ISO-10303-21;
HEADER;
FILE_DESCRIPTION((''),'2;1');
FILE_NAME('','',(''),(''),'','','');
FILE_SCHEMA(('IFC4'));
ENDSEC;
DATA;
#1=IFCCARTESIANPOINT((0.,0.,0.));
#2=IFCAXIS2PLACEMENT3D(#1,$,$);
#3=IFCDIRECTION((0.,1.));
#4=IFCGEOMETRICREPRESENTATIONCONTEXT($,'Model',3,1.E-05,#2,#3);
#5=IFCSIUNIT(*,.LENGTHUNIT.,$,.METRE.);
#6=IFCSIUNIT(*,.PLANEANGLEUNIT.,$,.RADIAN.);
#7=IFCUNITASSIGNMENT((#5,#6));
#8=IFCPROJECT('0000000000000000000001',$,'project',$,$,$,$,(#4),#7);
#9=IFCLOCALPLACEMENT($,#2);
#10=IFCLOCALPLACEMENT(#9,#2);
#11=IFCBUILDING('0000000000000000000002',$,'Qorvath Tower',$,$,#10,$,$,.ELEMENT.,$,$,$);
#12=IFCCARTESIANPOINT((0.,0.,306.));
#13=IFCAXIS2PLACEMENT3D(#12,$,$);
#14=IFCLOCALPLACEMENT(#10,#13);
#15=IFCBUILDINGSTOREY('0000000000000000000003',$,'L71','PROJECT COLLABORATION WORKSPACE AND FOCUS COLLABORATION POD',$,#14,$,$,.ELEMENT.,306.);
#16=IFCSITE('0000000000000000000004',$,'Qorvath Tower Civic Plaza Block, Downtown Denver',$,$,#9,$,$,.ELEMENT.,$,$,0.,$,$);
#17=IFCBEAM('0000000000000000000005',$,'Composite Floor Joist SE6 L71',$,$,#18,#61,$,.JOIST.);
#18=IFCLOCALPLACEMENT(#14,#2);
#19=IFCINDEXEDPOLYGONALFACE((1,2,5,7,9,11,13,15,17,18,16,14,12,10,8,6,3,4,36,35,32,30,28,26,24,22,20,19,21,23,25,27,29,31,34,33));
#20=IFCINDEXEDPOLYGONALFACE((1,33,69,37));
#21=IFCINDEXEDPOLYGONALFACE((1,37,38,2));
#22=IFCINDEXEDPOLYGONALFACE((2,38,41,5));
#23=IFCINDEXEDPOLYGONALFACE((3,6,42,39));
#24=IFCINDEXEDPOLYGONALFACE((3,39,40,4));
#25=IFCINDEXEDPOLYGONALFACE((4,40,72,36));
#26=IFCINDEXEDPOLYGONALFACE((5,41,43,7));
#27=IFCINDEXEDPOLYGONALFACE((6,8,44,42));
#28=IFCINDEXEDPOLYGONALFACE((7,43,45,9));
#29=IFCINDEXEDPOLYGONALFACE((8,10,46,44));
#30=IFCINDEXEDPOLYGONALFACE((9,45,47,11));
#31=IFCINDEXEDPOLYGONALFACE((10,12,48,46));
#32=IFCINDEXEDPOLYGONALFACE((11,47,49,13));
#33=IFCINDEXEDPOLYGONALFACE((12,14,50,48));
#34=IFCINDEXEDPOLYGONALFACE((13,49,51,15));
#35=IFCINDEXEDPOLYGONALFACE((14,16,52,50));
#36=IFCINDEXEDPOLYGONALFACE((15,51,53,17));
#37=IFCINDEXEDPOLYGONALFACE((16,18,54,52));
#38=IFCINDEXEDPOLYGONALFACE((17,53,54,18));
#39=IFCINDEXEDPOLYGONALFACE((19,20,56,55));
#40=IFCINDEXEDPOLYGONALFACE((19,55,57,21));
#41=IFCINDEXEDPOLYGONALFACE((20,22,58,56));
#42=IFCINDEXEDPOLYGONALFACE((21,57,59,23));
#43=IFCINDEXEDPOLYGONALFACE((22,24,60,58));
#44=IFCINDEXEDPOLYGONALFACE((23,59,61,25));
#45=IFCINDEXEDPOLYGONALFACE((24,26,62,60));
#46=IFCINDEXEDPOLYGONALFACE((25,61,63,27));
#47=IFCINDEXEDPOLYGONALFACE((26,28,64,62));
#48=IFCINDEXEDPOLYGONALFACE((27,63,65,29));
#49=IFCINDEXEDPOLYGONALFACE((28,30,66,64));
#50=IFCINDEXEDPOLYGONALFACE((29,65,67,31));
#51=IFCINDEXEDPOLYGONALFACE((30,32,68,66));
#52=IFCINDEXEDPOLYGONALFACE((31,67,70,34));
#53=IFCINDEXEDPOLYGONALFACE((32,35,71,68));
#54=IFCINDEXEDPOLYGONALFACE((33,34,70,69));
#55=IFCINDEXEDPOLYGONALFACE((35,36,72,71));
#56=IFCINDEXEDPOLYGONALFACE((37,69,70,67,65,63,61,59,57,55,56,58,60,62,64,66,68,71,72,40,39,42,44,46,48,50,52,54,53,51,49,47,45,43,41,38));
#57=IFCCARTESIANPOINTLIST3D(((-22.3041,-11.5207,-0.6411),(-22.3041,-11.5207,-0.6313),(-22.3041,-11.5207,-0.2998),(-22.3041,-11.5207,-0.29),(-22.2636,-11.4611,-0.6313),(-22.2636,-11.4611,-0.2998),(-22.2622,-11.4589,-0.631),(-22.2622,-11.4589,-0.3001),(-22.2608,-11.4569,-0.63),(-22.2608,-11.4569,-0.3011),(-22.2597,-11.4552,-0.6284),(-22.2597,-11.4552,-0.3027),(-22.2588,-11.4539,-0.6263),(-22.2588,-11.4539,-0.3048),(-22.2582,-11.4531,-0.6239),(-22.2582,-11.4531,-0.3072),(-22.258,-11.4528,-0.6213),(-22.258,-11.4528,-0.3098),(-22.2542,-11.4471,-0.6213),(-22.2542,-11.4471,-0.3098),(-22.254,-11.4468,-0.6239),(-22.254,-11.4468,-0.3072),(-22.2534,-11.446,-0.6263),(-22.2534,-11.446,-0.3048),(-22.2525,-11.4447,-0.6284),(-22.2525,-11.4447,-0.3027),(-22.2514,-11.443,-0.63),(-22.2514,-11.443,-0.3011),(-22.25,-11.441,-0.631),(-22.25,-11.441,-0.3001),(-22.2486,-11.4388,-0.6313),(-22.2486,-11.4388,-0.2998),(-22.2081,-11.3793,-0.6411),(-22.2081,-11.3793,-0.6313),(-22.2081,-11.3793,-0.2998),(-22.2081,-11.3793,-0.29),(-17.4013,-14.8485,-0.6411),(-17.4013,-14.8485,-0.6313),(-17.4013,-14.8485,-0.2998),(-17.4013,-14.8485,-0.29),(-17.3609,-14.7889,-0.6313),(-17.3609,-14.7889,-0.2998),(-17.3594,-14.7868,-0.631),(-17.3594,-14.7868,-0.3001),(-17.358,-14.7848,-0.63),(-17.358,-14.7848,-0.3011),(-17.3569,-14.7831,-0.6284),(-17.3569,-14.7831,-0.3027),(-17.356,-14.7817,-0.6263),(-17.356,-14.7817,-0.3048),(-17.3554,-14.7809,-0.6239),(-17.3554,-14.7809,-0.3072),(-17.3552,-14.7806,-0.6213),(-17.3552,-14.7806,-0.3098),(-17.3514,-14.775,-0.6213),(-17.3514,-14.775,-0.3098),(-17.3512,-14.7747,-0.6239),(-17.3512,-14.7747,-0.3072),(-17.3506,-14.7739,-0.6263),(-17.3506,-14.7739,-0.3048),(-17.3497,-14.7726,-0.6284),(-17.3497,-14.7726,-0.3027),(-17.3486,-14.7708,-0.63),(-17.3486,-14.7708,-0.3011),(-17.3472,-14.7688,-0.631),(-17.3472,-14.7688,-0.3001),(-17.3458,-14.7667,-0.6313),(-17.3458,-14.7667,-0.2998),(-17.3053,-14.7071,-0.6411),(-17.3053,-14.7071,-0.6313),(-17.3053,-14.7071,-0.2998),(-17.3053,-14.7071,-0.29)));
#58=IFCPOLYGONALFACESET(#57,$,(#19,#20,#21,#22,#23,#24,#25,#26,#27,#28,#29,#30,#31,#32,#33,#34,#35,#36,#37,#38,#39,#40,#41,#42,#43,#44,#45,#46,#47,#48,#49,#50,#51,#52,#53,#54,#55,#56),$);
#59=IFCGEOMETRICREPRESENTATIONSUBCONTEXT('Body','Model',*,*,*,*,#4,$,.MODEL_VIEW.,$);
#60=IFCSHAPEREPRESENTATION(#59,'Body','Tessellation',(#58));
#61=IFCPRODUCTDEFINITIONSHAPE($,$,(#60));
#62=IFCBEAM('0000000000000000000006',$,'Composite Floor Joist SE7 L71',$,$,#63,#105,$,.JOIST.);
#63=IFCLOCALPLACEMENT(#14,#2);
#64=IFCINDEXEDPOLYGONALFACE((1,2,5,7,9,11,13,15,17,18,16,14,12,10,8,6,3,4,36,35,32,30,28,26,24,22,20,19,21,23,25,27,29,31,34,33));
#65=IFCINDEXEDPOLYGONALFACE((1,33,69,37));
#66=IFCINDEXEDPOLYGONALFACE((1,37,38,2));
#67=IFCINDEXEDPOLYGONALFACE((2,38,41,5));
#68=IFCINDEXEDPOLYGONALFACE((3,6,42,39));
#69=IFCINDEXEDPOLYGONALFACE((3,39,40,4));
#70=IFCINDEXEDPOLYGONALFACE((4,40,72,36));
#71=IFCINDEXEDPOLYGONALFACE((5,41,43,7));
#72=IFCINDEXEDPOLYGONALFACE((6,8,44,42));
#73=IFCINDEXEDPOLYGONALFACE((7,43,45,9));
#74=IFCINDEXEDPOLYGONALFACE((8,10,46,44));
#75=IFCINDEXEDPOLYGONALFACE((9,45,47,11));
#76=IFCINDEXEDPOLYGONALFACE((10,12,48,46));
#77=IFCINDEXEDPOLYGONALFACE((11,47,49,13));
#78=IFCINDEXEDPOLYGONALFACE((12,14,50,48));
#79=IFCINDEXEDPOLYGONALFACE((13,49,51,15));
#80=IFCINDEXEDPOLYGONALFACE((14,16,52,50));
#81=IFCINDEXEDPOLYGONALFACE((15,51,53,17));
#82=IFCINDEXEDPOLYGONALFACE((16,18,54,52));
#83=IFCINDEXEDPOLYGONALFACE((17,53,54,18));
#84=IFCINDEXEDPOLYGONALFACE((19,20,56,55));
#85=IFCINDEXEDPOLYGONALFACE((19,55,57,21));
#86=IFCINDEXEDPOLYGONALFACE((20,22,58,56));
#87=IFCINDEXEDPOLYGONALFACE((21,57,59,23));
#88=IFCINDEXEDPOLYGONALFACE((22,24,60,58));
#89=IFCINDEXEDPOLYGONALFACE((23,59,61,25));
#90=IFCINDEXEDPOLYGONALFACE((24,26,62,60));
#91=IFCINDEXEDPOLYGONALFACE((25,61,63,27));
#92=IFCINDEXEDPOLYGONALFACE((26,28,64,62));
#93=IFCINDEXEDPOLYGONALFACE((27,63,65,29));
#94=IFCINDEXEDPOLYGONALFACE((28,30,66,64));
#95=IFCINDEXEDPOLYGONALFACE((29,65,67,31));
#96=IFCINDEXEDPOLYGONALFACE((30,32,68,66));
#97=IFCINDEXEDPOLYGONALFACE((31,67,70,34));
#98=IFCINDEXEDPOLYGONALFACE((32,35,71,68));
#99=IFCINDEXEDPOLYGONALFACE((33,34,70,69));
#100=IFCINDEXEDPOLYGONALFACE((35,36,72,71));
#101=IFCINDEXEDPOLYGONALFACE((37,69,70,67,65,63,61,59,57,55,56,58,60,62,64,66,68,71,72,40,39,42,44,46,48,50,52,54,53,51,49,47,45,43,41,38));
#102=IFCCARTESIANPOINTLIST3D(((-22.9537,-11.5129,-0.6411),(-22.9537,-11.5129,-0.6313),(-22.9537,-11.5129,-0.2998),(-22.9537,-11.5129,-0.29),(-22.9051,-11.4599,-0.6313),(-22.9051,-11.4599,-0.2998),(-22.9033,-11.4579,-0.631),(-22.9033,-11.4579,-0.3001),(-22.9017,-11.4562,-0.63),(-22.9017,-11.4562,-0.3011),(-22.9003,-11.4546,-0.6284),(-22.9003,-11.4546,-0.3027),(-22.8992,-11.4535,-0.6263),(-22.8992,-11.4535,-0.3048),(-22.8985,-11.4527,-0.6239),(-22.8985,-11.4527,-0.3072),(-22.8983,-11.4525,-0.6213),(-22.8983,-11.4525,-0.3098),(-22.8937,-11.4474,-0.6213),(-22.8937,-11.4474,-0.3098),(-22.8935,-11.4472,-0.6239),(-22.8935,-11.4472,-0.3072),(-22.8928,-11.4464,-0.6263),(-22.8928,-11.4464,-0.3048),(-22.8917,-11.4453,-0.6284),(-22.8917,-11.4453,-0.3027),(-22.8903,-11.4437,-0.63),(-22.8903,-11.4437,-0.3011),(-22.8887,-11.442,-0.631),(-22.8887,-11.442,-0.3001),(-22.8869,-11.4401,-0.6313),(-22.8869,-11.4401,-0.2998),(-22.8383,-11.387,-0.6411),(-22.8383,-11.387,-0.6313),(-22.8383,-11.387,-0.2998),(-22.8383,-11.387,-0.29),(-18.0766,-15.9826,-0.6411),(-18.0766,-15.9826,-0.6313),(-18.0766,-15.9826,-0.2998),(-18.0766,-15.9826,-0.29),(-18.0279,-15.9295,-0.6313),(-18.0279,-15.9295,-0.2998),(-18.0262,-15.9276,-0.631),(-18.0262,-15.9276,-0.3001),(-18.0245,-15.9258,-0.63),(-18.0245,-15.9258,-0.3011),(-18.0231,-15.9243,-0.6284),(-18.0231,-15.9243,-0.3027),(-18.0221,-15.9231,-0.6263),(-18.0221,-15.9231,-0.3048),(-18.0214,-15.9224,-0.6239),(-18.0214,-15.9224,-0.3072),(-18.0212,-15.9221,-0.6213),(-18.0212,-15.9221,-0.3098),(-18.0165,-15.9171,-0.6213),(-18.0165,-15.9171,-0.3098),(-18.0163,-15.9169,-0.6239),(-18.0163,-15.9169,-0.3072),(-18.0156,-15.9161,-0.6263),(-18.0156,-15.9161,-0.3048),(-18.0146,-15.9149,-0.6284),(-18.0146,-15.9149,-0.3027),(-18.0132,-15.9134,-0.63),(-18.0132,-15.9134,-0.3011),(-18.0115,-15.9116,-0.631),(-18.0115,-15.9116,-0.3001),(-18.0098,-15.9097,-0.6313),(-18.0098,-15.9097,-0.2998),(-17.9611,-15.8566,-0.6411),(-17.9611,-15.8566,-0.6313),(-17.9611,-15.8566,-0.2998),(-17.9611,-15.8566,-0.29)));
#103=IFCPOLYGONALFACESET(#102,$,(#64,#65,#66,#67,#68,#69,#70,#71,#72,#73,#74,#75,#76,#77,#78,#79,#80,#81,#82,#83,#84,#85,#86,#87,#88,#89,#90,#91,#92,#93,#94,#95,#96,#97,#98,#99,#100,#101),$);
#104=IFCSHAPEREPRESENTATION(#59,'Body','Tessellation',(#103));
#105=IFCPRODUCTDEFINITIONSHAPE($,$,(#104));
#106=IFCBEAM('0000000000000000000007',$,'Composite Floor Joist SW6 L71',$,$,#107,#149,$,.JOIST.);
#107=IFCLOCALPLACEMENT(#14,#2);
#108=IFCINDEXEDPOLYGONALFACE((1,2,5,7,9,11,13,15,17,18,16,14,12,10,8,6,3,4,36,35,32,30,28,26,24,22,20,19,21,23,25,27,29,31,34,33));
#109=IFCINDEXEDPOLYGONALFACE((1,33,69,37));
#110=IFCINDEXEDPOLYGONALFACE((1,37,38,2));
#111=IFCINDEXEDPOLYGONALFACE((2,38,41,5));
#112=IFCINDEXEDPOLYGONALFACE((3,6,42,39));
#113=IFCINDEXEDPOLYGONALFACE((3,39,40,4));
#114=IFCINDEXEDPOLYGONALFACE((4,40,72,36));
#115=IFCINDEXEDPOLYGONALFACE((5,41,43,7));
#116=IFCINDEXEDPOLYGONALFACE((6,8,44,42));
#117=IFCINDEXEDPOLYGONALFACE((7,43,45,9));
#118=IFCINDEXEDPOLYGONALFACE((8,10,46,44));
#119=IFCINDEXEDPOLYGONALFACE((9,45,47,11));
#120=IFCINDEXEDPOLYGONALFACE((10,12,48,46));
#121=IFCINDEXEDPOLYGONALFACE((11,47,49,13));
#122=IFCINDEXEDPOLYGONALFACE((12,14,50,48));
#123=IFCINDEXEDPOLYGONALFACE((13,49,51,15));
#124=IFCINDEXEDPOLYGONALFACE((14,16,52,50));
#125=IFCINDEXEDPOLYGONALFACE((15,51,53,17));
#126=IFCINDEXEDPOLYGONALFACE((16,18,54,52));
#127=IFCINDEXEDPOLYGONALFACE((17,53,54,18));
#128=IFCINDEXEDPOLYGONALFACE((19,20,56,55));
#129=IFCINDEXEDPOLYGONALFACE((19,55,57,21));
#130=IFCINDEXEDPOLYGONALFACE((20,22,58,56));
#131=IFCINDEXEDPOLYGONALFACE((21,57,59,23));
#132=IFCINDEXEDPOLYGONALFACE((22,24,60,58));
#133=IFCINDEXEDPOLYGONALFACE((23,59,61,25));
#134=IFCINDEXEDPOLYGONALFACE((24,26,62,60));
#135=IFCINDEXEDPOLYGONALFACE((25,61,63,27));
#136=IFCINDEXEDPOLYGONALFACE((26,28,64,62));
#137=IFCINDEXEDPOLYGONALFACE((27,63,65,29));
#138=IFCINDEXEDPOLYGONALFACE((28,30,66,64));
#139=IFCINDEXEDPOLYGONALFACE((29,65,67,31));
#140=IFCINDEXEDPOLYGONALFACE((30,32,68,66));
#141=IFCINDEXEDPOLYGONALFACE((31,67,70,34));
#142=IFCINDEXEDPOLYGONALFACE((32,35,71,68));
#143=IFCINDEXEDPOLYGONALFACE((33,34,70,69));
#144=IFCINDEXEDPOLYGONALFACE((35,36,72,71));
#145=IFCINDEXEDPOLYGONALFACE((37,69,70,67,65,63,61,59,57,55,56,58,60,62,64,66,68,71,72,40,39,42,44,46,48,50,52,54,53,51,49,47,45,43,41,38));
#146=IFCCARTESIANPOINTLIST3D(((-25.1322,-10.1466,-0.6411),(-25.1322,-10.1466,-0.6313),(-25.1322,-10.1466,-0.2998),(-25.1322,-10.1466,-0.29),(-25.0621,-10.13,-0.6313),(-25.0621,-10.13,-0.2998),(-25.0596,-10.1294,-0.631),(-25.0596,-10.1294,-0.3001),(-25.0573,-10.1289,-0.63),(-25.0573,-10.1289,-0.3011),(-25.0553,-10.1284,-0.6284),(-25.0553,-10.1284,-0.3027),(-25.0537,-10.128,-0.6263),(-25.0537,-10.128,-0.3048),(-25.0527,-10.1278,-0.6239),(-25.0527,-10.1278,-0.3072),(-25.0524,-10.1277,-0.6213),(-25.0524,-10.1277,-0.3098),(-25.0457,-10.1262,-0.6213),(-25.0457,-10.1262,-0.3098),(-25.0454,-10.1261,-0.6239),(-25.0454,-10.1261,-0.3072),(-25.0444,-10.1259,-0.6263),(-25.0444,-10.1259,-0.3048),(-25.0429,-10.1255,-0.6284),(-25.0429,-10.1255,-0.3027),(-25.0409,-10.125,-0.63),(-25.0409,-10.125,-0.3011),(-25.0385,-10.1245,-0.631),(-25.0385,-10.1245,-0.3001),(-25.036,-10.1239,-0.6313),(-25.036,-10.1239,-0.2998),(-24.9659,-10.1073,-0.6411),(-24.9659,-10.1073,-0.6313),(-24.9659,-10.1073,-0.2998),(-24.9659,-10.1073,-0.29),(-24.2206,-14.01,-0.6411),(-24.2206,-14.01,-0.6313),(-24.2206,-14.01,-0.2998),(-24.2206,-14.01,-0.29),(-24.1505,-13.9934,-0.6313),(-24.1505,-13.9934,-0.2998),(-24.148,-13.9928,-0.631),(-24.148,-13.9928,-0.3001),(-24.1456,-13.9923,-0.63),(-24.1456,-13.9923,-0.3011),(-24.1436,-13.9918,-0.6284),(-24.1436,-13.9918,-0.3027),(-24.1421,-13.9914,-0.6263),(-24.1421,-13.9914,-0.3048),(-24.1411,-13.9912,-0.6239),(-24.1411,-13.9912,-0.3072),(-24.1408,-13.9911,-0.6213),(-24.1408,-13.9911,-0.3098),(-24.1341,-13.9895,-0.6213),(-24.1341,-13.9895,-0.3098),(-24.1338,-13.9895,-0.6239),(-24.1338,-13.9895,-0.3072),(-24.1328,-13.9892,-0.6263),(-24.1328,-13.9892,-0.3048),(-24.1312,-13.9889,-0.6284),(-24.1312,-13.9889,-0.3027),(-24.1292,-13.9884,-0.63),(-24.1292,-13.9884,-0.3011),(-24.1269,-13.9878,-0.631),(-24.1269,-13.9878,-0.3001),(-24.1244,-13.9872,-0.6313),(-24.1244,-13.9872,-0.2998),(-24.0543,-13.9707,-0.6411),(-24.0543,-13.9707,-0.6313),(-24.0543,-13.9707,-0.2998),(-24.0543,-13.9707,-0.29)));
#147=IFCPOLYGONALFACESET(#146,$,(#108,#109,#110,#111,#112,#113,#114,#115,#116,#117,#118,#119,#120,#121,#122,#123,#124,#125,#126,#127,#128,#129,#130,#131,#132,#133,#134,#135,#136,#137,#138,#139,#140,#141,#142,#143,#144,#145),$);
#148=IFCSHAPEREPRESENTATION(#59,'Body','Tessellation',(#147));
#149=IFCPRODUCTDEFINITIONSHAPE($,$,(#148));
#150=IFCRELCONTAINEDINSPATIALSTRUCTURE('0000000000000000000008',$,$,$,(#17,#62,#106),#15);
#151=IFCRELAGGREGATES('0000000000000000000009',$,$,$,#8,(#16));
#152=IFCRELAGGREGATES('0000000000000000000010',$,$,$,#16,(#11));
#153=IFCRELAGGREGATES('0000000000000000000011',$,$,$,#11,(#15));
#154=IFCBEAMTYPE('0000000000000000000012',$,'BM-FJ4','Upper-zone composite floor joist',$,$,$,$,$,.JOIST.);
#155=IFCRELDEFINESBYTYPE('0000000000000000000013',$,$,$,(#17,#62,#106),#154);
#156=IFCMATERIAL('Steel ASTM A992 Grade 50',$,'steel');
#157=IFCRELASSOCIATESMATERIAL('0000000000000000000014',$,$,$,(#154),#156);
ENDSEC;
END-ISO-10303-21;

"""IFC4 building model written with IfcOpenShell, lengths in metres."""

from ifc_helpers import new_model, si_unit, direction, frame, origin, origin_2d, place, context, subcontext, project, spatial, i_section, extrude, material, material_profile, profile_set, type_object, element, save


model = new_model("IFC4")

# Units and contexts
model_context = context("Model", 3, precision=1e-05, world=origin(), true_north=direction((0.0, 1.0)))
body_context = subcontext(model_context, "Body", "Model", "MODEL_VIEW")
ifc_project = project(units=[si_unit("LENGTHUNIT", "METRE"), si_unit("PLANEANGLEUNIT", "RADIAN")], contexts=[model_context])

# Site, building, storey
site_placement = place(None, origin())
site = spatial("IfcSite", under=ifc_project, at=site_placement, Name="Qorvath Tower Civic Plaza Block, Downtown Denver", CompositionType="ELEMENT", RefElevation=0.0)
building_placement = place(site_placement, origin())
building = spatial("IfcBuilding", under=site, at=building_placement, Name="Qorvath Tower", CompositionType="ELEMENT")
storey_placement = place(building_placement, frame((0.0, 0.0, 306.0)))
storey = spatial("IfcBuildingStorey", under=building, at=storey_placement, Name="L71", Description="PROJECT COLLABORATION WORKSPACE AND FOCUS COLLABORATION POD", CompositionType="ELEMENT", Elevation=306.0)

# Beams
ifc_material_1 = material(Name="Steel ASTM A992 Grade 50", Category="steel")
ifc_material_profile_1 = material_profile(ifc_material_1, i_section(OverallWidth=0.1709, OverallDepth=0.3511, WebThickness=0.0068, FlangeThickness=0.0098, FilletRadius=0.01, at=origin_2d()), Name="W14x30")
ifc_profile_set_1 = profile_set([ifc_material_profile_1], Name="Steel ASTM A992 Grade 50")
beam_type_1 = type_object("IfcBeamType", Name="BM-FJ4", Description="Upper-zone composite floor joist", PredefinedType="JOIST", material=ifc_profile_set_1)
beam_1_placement = place(storey_placement, frame((-22.2561, -11.45, -0.4656), z_axis=(0.827401, -0.561612, 0.0), x_axis=(0.561612, 0.827401, 0.0)))
element("IfcBeam", 1, at=beam_1_placement, inside=storey, type_object=beam_type_1, Name="Composite Floor Joist SE6 L71", PredefinedType="JOIST", context=body_context, shape_type="SweptSolid", body=[
    extrude(i_section(OverallWidth=0.1709, OverallDepth=0.3511, WebThickness=0.0068, FlangeThickness=0.0098, FilletRadius=0.01, at=origin_2d()), origin(), (0.0, 0.0, 1.0), 5.9255),
])
beam_2_placement = place(storey_placement, frame((-22.896, -11.45, -0.4656), z_axis=(0.737232, -0.675639, 0.0), x_axis=(0.675639, 0.737232, 0.0)))
element("IfcBeam", 2, at=beam_2_placement, inside=storey, type_object=beam_type_1, Name="Composite Floor Joist SE7 L71", PredefinedType="JOIST", context=body_context, shape_type="SweptSolid", body=[
    extrude(i_section(OverallWidth=0.1709, OverallDepth=0.3511, WebThickness=0.0068, FlangeThickness=0.0098, FilletRadius=0.01, at=origin_2d()), origin(), (0.0, 0.0, 1.0), 6.6155),
])
beam_3_placement = place(storey_placement, frame((-25.0491, -10.127, -0.4656), z_axis=(0.229663, -0.97327, 0.0), x_axis=(0.97327, 0.229663, 0.0)))
element("IfcBeam", 3, at=beam_3_placement, inside=storey, type_object=beam_type_1, Name="Composite Floor Joist SW6 L71", PredefinedType="JOIST", context=body_context, shape_type="SweptSolid", body=[
    extrude(i_section(OverallWidth=0.1709, OverallDepth=0.3511, WebThickness=0.0068, FlangeThickness=0.0098, FilletRadius=0.01, at=origin_2d()), origin(), (0.0, 0.0, 1.0), 3.9695),
])

save(model, "model.ifc")
